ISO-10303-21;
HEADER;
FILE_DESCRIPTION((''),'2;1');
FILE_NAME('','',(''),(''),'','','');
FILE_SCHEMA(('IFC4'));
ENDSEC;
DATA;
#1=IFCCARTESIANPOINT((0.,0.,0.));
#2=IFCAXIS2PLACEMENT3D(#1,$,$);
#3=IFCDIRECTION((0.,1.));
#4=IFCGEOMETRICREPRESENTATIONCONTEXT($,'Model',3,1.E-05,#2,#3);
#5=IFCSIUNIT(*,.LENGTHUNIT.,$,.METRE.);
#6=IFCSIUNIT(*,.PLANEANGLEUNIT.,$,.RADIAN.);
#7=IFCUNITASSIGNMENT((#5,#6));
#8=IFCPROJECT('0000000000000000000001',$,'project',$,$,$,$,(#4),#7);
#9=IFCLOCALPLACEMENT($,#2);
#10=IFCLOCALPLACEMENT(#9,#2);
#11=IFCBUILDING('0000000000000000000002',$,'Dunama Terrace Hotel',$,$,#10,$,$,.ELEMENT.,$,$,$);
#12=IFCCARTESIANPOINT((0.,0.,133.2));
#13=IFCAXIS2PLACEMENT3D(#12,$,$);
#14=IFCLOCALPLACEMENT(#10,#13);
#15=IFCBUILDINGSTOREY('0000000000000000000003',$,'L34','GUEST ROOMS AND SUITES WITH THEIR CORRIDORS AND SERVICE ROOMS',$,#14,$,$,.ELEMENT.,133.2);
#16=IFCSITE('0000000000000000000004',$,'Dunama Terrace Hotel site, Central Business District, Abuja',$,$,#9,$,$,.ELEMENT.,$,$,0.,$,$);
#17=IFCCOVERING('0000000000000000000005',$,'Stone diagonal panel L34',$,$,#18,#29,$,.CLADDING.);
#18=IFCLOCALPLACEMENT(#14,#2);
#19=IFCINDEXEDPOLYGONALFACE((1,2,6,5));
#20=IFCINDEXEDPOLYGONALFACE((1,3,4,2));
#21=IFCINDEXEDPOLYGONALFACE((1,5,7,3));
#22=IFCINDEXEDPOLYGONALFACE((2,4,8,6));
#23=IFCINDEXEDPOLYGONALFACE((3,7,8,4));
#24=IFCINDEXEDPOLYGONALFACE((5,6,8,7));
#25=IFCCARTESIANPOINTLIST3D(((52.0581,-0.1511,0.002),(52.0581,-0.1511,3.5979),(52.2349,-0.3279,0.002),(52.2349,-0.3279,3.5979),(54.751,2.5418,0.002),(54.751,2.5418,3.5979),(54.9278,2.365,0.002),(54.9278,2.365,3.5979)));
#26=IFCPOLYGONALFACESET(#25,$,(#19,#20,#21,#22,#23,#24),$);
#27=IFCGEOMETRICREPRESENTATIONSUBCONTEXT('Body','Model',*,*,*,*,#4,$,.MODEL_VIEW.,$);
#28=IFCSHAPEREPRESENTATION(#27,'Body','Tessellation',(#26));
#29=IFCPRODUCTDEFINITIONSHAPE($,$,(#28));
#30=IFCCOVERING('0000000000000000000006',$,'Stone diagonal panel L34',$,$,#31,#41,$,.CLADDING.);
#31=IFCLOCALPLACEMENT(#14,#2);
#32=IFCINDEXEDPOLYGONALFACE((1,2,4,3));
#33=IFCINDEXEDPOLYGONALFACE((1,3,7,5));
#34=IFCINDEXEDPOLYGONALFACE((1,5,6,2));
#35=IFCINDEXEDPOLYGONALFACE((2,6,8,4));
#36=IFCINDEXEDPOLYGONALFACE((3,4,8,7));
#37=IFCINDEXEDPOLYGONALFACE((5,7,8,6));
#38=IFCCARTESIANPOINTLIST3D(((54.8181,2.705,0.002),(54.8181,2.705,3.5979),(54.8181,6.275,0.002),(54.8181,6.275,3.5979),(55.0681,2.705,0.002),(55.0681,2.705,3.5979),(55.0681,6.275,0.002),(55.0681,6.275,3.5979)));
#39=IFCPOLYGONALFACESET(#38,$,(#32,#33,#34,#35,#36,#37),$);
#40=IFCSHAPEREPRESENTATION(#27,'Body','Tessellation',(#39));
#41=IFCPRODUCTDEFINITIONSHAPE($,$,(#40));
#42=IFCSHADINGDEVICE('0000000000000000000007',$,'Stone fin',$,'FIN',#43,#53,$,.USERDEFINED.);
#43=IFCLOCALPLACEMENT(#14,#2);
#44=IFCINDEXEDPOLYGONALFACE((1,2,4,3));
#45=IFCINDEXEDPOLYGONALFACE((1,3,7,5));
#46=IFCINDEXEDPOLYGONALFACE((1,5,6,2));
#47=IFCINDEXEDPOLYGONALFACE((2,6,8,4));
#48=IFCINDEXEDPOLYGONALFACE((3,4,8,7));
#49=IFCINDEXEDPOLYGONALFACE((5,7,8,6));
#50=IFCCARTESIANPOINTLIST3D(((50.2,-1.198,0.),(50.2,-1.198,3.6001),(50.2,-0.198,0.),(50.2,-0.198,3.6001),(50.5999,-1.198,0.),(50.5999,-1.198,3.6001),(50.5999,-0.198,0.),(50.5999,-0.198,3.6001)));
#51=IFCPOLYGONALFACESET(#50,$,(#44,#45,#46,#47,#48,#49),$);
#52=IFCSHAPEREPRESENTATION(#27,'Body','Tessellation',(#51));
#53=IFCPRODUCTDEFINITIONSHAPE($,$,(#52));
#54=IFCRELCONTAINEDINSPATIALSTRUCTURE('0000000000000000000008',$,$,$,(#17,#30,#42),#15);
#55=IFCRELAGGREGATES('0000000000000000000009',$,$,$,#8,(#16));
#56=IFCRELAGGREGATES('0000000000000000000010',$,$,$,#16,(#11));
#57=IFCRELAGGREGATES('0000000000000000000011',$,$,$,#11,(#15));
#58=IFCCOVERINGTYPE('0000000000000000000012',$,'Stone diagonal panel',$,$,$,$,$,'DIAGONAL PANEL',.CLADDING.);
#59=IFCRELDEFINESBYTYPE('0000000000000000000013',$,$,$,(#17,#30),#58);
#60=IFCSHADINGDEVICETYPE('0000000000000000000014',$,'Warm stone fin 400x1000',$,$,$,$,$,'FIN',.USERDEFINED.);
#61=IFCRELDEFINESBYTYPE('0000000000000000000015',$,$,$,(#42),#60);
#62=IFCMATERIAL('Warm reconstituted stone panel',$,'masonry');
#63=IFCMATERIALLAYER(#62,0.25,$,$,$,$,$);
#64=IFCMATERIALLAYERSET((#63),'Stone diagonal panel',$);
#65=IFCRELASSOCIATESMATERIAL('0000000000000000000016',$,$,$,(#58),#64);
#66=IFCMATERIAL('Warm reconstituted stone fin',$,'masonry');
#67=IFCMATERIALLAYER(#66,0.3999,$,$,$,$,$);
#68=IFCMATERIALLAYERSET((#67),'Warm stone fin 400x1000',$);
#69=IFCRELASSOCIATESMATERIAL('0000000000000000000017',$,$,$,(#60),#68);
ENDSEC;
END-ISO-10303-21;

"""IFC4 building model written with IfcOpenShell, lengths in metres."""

from ifc_helpers import new_model, si_unit, direction, frame, origin, origin_2d, place, context, subcontext, project, spatial, rectangle, extrude, material, layer, layer_set, type_object, element, save


model = new_model("IFC4")

# Units and contexts
model_context = context("Model", 3, precision=1e-05, world=origin(), true_north=direction((0.0, 1.0)))
body_context = subcontext(model_context, "Body", "Model", "MODEL_VIEW")
ifc_project = project(units=[si_unit("LENGTHUNIT", "METRE"), si_unit("PLANEANGLEUNIT", "RADIAN")], contexts=[model_context])

# Site, building, storey
site_placement = place(None, origin())
site = spatial("IfcSite", under=ifc_project, at=site_placement, Name="Dunama Terrace Hotel site, Central Business District, Abuja", CompositionType="ELEMENT", RefElevation=0.0)
building_placement = place(site_placement, origin())
building = spatial("IfcBuilding", under=site, at=building_placement, Name="Dunama Terrace Hotel", CompositionType="ELEMENT")
storey_placement = place(building_placement, frame((0.0, 0.0, 133.2)))
storey = spatial("IfcBuildingStorey", under=building, at=storey_placement, Name="L34", Description="GUEST ROOMS AND SUITES WITH THEIR CORRIDORS AND SERVICE ROOMS", CompositionType="ELEMENT", Elevation=133.2)

# Coverings
ifc_material_1 = material(Name="Warm reconstituted stone panel", Category="masonry")
ifc_layer_1 = layer(ifc_material_1, 0.25)
ifc_layer_set_1 = layer_set([ifc_layer_1], Name="Stone diagonal panel")
covering_type = type_object("IfcCoveringType", Name="Stone diagonal panel", ElementType="DIAGONAL PANEL", PredefinedType="CLADDING", material=ifc_layer_set_1)
covering_1_placement = place(storey_placement, frame((53.4929, 1.1069, 0.002), z_axis=(0.0, 0.0, 1.0), x_axis=(0.707107, 0.707107, 0.0)))
element("IfcCovering", 1, at=covering_1_placement, inside=storey, type_object=covering_type, Name="Stone diagonal panel L34", PredefinedType="CLADDING", context=body_context, shape_type="SweptSolid", body=[
    extrude(rectangle(XDim=3.8083, YDim=0.25, at=origin_2d()), origin(), (0.0, 0.0, 1.0), 3.5959),
])
covering_2_placement = place(storey_placement, frame((54.9431, 4.49, 0.002), z_axis=(0.0, 0.0, 1.0), x_axis=(0.0, 1.0, 0.0)))
element("IfcCovering", 2, at=covering_2_placement, inside=storey, type_object=covering_type, Name="Stone diagonal panel L34", PredefinedType="CLADDING", context=body_context, shape_type="SweptSolid", body=[
    extrude(rectangle(XDim=3.5701, YDim=0.25, at=origin_2d()), origin(), (0.0, 0.0, 1.0), 3.5959),
])

# Shading device
ifc_material_2 = material(Name="Warm reconstituted stone fin", Category="masonry")
ifc_layer_2 = layer(ifc_material_2, 0.3999)
ifc_layer_set_2 = layer_set([ifc_layer_2], Name="Warm stone fin 400x1000")
shading_device_type = type_object("IfcShadingDeviceType", Name="Warm stone fin 400x1000", ElementType="FIN", PredefinedType="USERDEFINED", material=ifc_layer_set_2)
shading_device_placement = place(storey_placement, frame((50.3999, -0.698, 0.0), z_axis=(0.0, 0.0, 1.0), x_axis=(1.0, 0.0, 0.0)))
element("IfcShadingDevice", 3, at=shading_device_placement, inside=storey, type_object=shading_device_type, Name="Stone fin", ObjectType="FIN", PredefinedType="USERDEFINED", context=body_context, shape_type="SweptSolid", body=[
    extrude(rectangle(XDim=0.3999, YDim=1.0, at=origin_2d()), origin(), (0.0, 0.0, 1.0), 3.6001),
])

save(model, "model.ifc")
